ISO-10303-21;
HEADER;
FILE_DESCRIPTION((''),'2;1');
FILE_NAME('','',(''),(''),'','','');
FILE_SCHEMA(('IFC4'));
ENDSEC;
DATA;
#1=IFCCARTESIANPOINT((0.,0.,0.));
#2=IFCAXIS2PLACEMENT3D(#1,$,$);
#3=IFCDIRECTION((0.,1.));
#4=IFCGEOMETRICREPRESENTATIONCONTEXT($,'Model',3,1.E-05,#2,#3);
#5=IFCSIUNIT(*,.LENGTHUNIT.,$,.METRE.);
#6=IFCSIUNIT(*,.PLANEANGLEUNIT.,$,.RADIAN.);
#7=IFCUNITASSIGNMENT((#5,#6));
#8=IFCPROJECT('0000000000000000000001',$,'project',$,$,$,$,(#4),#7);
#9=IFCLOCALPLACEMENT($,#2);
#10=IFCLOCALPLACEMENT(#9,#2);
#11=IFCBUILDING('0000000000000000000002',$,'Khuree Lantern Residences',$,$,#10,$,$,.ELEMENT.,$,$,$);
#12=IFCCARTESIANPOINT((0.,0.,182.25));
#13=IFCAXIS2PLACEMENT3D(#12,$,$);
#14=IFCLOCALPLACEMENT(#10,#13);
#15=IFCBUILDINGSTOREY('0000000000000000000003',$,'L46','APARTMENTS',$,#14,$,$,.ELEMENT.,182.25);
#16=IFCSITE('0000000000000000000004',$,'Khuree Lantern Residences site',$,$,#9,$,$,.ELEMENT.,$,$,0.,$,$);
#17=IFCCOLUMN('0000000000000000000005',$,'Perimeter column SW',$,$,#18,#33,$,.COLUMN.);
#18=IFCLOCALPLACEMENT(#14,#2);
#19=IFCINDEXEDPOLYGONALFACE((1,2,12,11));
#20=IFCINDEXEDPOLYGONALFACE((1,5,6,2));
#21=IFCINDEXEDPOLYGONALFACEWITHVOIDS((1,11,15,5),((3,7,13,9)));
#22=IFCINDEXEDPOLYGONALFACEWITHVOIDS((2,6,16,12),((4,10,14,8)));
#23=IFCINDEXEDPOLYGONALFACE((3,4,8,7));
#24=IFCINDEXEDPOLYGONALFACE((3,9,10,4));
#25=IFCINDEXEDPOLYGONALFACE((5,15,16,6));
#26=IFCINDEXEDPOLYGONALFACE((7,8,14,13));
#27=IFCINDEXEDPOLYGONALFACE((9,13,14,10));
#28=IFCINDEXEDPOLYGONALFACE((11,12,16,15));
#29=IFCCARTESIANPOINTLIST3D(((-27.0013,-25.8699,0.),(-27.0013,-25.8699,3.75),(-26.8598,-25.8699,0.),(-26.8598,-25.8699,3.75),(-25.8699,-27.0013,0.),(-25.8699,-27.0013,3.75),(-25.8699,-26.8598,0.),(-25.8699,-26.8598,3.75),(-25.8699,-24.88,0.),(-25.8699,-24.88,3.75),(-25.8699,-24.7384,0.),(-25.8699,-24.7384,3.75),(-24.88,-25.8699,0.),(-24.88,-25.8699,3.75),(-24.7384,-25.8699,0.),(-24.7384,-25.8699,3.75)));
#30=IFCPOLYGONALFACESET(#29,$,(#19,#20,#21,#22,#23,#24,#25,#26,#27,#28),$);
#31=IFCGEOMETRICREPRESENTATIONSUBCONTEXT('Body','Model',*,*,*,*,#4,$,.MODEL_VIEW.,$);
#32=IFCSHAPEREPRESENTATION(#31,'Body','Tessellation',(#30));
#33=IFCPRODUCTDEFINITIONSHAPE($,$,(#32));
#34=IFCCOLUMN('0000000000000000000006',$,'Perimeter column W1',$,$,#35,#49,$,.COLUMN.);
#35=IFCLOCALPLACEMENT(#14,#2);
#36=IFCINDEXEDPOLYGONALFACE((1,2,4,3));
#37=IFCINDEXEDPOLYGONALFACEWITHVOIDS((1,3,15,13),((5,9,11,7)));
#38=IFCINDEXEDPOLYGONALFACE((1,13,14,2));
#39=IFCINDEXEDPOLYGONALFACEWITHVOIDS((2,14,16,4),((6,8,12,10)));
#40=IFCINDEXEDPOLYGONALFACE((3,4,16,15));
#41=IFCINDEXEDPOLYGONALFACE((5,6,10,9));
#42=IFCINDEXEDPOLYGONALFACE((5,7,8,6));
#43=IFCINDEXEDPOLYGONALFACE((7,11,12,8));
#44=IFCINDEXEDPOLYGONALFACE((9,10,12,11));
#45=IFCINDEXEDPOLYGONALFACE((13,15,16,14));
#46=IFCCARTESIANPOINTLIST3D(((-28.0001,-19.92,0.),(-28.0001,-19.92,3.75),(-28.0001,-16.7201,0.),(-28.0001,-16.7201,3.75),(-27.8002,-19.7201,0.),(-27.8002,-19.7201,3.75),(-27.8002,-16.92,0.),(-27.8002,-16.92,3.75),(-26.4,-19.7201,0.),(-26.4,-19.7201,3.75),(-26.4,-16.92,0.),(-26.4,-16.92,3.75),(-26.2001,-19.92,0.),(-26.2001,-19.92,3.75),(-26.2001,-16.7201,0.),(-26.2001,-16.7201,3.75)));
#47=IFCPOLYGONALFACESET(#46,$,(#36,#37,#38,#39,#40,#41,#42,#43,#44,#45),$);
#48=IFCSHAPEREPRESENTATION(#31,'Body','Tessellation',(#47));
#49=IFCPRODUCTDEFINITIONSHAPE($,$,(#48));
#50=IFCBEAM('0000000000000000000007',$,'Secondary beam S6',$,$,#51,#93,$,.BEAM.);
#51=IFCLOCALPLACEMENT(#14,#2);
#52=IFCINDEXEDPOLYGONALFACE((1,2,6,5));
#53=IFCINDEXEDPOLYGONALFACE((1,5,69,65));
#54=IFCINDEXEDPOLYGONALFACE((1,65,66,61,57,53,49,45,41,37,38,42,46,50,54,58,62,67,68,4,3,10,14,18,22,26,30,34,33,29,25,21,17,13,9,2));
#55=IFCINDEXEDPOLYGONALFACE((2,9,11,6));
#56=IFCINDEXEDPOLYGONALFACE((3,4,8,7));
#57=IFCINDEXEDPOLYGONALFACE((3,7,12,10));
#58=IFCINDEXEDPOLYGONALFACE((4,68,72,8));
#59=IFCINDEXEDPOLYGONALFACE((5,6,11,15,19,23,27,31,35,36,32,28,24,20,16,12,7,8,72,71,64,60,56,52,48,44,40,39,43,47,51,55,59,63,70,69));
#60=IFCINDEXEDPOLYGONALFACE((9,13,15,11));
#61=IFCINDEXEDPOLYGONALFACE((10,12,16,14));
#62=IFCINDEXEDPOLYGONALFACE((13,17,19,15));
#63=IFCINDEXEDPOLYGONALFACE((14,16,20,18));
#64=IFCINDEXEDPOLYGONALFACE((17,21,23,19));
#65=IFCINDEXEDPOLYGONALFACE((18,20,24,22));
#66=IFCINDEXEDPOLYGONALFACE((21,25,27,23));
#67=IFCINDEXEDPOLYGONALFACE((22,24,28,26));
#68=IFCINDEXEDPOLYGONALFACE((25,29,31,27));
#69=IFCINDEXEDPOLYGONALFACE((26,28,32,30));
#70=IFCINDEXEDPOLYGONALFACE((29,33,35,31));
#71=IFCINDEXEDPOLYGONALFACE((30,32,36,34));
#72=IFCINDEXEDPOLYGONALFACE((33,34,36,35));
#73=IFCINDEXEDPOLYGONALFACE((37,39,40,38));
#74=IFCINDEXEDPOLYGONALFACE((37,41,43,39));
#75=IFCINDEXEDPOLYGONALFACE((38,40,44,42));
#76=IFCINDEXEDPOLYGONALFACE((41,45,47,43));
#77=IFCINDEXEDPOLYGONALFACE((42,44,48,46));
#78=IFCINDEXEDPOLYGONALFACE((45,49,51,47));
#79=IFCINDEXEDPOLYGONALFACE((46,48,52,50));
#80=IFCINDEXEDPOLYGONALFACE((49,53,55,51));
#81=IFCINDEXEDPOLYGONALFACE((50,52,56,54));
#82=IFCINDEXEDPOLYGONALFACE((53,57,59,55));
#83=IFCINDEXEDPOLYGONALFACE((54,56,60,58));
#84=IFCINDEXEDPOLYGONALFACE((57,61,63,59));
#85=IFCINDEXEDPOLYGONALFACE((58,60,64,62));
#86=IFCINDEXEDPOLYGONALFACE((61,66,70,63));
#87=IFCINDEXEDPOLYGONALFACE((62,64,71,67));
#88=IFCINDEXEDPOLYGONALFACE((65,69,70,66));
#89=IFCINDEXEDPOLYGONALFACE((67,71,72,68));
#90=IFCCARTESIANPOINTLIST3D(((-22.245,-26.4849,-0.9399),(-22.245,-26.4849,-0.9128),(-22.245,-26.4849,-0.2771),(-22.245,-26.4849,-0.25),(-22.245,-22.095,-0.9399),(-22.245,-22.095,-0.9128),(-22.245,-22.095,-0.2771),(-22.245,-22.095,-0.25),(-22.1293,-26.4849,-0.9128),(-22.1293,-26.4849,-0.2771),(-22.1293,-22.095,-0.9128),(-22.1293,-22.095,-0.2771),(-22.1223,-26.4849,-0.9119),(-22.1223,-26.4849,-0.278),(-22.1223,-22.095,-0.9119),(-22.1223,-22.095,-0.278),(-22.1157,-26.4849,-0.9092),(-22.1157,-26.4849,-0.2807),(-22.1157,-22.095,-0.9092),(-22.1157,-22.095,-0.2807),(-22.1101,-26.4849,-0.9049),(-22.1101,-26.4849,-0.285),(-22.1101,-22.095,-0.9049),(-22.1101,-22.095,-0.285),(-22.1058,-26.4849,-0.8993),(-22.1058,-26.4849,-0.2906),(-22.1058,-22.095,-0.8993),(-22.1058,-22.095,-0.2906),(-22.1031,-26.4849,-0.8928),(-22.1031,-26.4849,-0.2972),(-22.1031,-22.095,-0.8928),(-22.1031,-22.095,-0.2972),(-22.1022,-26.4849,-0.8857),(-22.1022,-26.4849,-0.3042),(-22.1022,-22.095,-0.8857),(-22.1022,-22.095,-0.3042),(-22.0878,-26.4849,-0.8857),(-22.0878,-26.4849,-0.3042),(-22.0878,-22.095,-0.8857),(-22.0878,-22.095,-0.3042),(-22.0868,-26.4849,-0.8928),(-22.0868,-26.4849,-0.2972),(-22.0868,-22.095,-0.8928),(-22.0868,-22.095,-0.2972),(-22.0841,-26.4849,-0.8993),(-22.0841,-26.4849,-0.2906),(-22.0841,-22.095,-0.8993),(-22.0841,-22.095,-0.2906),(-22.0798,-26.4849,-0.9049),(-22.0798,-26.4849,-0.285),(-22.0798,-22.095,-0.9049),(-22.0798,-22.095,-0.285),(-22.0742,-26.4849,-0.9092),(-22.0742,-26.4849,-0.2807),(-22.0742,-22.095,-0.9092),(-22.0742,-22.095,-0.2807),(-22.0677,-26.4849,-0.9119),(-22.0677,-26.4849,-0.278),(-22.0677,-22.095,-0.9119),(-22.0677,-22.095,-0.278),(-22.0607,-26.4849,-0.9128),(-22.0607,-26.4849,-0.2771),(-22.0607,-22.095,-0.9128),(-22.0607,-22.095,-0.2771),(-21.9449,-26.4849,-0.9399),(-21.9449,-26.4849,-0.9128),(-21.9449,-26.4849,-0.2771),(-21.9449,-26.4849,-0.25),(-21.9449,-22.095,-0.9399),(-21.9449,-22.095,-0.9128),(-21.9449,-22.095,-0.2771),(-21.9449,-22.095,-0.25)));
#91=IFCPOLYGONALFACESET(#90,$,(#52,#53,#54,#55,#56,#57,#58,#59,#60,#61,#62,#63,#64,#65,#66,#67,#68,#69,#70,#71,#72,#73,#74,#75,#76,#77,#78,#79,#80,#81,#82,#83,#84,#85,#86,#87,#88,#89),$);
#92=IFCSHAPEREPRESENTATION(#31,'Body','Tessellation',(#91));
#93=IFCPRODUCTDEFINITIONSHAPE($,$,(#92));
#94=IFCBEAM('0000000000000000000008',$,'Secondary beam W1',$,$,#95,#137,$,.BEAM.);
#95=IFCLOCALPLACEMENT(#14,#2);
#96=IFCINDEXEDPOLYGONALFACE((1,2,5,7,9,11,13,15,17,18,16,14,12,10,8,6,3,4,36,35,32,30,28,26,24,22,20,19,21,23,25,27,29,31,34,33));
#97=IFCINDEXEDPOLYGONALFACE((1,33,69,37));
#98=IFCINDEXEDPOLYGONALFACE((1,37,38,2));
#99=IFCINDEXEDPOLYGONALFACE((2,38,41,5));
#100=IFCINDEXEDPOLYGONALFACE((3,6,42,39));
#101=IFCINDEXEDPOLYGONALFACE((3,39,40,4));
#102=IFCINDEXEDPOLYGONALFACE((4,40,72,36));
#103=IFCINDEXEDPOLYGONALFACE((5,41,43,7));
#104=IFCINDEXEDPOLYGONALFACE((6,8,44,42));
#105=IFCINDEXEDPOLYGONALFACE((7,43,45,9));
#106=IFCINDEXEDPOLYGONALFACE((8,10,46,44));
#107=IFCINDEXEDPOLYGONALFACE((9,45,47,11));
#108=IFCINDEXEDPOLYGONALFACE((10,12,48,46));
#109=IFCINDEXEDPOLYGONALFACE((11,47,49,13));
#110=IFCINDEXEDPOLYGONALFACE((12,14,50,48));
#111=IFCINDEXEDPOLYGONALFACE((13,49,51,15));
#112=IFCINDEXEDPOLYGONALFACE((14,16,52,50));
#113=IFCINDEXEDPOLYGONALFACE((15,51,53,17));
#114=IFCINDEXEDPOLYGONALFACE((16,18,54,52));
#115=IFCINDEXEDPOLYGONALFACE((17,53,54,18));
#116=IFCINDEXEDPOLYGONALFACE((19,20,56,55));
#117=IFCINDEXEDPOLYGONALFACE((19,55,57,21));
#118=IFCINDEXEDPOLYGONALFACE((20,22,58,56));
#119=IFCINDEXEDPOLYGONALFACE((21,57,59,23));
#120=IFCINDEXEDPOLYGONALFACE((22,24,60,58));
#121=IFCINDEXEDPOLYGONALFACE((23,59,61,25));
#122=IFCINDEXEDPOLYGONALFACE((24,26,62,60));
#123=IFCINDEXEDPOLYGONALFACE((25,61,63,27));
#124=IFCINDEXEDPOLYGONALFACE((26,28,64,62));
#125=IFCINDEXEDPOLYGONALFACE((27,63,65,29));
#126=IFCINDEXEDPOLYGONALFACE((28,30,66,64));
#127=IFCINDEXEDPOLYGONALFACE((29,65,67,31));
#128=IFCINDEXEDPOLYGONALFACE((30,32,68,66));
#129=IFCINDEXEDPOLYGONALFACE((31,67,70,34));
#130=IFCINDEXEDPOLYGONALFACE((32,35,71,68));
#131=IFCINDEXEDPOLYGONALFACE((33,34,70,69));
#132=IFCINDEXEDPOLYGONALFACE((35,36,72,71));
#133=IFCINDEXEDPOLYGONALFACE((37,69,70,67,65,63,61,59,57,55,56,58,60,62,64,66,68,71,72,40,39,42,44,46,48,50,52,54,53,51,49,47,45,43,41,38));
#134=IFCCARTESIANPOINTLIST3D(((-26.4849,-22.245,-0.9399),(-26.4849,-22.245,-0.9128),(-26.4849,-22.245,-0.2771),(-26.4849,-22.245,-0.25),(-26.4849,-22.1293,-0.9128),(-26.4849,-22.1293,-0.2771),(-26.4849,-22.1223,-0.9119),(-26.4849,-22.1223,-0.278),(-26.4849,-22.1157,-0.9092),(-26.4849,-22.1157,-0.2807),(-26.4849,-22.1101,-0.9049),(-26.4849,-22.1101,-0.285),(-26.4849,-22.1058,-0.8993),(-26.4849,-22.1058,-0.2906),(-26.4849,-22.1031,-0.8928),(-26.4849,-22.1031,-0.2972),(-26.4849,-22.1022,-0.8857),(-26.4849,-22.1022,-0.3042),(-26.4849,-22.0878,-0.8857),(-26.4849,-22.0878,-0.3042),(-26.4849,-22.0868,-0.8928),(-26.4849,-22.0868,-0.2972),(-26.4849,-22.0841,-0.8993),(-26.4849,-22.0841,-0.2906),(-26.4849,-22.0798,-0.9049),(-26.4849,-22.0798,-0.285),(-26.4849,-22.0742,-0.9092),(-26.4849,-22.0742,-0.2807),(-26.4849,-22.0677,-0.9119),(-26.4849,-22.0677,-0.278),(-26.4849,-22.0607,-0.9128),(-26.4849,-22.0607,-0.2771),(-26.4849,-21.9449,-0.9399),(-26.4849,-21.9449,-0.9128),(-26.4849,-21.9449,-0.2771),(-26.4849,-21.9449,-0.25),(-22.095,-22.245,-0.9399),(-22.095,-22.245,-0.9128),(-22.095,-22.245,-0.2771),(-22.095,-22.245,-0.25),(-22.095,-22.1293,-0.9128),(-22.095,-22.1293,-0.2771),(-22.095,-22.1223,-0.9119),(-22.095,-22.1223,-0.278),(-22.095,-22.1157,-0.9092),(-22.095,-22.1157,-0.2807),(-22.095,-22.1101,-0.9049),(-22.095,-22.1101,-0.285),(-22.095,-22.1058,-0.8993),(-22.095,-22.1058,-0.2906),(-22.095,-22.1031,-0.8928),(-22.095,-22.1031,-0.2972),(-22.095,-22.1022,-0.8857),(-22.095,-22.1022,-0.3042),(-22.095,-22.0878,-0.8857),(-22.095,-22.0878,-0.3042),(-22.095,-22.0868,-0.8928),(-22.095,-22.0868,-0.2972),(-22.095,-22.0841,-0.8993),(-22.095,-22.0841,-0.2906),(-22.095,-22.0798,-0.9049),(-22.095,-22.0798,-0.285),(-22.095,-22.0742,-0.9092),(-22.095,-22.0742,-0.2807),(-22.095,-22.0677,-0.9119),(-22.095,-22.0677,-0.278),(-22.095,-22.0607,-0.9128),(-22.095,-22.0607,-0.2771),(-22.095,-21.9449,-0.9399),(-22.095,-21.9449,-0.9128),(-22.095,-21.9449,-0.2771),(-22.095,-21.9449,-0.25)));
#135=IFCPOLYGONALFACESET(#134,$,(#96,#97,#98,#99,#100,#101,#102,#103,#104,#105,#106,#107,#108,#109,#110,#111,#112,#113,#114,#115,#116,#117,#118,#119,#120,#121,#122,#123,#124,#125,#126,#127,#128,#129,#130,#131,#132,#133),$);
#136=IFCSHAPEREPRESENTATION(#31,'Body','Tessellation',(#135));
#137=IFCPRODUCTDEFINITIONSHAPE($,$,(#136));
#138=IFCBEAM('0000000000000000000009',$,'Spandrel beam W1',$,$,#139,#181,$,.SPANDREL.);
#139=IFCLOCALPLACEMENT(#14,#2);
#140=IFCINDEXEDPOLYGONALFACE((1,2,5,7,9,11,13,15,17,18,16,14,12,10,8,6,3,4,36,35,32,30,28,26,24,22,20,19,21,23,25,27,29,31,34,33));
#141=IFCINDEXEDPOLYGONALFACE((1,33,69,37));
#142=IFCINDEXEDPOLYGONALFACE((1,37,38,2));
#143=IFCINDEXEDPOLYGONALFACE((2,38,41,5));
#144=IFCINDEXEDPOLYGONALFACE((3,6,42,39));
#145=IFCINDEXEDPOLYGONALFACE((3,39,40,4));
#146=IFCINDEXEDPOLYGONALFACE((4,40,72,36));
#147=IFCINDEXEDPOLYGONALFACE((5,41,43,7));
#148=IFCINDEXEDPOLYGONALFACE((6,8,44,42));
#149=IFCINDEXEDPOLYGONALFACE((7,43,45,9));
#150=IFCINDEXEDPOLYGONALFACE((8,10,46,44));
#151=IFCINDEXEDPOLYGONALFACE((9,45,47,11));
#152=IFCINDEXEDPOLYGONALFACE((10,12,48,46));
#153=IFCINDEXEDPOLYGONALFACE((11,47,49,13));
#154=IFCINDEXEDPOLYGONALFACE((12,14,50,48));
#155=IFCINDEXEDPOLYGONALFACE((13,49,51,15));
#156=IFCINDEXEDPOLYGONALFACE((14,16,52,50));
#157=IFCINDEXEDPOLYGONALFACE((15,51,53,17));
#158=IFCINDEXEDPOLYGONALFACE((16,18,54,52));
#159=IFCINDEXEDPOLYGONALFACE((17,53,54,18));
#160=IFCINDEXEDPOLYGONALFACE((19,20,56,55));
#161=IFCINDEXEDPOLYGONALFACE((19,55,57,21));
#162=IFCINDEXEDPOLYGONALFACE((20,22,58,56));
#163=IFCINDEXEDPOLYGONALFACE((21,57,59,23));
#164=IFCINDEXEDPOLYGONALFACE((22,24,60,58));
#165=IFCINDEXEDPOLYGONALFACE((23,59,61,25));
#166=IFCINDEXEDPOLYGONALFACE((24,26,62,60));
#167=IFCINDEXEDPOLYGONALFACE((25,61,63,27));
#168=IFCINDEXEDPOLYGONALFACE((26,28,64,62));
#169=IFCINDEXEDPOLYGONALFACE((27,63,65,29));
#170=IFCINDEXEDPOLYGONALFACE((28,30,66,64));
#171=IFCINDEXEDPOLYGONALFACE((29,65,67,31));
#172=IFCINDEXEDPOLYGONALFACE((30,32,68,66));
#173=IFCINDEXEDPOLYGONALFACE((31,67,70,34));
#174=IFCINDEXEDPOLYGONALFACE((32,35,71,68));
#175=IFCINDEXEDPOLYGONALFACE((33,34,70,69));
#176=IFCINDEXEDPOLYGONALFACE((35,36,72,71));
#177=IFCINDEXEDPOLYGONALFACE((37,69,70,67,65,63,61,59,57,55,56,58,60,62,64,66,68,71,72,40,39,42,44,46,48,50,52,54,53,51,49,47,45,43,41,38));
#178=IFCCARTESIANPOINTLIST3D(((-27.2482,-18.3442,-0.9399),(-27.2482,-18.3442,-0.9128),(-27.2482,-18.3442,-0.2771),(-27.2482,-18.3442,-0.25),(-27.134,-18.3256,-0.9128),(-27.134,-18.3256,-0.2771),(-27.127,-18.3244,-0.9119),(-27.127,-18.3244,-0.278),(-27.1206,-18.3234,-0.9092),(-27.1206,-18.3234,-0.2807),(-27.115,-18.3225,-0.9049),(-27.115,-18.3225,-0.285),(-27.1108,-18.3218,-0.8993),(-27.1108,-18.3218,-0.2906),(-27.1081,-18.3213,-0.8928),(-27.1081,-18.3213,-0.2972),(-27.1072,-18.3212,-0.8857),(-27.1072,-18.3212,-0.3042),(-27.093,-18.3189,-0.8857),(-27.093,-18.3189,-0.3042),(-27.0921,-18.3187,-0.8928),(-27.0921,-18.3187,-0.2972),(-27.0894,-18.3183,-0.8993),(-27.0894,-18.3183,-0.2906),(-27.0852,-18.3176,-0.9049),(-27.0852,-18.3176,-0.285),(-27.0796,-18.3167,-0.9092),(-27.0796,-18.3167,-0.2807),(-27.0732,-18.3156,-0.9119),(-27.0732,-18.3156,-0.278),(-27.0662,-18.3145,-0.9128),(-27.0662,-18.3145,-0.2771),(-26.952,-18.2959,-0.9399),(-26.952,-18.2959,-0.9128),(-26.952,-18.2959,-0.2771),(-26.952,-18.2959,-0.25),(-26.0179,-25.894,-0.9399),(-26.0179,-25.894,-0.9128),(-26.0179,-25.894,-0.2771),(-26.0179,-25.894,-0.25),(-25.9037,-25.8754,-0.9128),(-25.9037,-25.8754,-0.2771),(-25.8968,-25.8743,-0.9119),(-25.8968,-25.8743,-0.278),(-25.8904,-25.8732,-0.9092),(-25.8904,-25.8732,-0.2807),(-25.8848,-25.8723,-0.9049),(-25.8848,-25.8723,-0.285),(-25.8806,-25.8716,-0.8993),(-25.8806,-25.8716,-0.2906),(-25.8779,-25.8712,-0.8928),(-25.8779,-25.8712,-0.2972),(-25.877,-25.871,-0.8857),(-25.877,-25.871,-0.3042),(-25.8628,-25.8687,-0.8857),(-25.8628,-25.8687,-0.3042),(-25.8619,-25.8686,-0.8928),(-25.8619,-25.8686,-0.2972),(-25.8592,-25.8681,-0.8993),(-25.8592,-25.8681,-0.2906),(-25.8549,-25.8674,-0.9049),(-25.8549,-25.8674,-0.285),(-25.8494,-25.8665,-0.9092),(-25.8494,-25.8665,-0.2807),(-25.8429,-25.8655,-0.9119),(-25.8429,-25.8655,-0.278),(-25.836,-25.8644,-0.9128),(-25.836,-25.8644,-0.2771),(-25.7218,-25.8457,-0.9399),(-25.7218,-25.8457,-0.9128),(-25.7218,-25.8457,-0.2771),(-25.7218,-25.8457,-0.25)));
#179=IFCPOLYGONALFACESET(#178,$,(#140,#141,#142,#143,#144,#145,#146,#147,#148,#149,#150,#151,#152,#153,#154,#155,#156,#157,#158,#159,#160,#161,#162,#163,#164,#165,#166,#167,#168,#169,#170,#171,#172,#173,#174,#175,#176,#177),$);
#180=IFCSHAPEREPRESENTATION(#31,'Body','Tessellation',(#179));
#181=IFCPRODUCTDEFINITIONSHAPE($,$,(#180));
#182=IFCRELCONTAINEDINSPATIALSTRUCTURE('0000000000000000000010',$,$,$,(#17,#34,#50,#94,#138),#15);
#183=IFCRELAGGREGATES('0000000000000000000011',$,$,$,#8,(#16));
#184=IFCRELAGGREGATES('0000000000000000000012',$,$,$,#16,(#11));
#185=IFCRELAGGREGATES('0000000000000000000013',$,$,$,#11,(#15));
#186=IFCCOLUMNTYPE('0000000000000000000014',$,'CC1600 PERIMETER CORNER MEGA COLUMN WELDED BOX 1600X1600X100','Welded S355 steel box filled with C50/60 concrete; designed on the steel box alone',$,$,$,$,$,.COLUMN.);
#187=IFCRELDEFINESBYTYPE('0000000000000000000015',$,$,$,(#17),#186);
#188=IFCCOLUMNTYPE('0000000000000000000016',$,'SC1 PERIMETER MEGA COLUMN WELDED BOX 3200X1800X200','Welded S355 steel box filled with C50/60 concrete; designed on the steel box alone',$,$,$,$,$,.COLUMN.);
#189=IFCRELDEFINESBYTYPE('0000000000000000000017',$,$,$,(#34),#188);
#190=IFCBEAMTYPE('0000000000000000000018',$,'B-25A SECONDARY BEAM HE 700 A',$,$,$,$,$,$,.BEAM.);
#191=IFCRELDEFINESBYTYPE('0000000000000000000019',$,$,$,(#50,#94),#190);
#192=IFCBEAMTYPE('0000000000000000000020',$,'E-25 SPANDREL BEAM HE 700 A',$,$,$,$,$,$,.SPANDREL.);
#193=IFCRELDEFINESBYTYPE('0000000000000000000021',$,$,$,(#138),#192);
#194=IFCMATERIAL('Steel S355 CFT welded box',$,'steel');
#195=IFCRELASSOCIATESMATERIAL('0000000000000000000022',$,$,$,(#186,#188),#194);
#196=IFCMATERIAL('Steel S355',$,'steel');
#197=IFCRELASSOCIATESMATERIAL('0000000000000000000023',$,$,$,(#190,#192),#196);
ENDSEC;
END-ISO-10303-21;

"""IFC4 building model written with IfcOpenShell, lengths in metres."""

from ifc_helpers import new_model, si_unit, direction, frame, origin, origin_2d, place, context, subcontext, project, spatial, hollow_rectangle, i_section, extrude, material, material_profile, profile_set, type_object, element, save


model = new_model("IFC4")

# Units and contexts
model_context = context("Model", 3, precision=1e-05, world=origin(), true_north=direction((0.0, 1.0)))
body_context = subcontext(model_context, "Body", "Model", "MODEL_VIEW")
ifc_project = project(units=[si_unit("LENGTHUNIT", "METRE"), si_unit("PLANEANGLEUNIT", "RADIAN")], contexts=[model_context])

# Site, building, storey
site_placement = place(None, origin())
site = spatial("IfcSite", under=ifc_project, at=site_placement, Name="Khuree Lantern Residences site", CompositionType="ELEMENT", RefElevation=0.0)
building_placement = place(site_placement, origin())
building = spatial("IfcBuilding", under=site, at=building_placement, Name="Khuree Lantern Residences", CompositionType="ELEMENT")
storey_placement = place(building_placement, frame((0.0, 0.0, 182.25)))
storey = spatial("IfcBuildingStorey", under=building, at=storey_placement, Name="L46", Description="APARTMENTS", CompositionType="ELEMENT", Elevation=182.25)

# Columns
ifc_material_1 = material(Name="Steel S355 CFT welded box", Category="steel")
ifc_material_profile_1 = material_profile(ifc_material_1, hollow_rectangle(XDim=1.6001, YDim=1.6001, WallThickness=0.1001, at=origin_2d()), Name="WELDED BOX 1600X1600X100")
ifc_profile_set_1 = profile_set([ifc_material_profile_1], Name="Steel S355 CFT welded box")
column_type_1 = type_object("IfcColumnType", Name="CC1600 PERIMETER CORNER MEGA COLUMN WELDED BOX 1600X1600X100", Description="Welded S355 steel box filled with C50/60 concrete; designed on the steel box alone", PredefinedType="COLUMN", material=ifc_profile_set_1)
column_1_placement = place(storey_placement, frame((-25.8699, -25.8699, 0.0), z_axis=(0.0, 0.0, 1.0), x_axis=(0.707107, -0.707107, 0.0)))
element("IfcColumn", 1, at=column_1_placement, inside=storey, type_object=column_type_1, Name="Perimeter column SW", PredefinedType="COLUMN", context=body_context, shape_type="SweptSolid", body=[
    extrude(hollow_rectangle(XDim=1.6001, YDim=1.6001, WallThickness=0.1001, at=origin_2d()), origin(), (0.0, 0.0, 1.0), 3.75),
])
ifc_material_profile_2 = material_profile(ifc_material_1, hollow_rectangle(XDim=3.2, YDim=1.8, WallThickness=0.2, at=origin_2d()), Name="WELDED BOX 3200X1800X200")
ifc_profile_set_2 = profile_set([ifc_material_profile_2], Name="Steel S355 CFT welded box")
column_type_2 = type_object("IfcColumnType", Name="SC1 PERIMETER MEGA COLUMN WELDED BOX 3200X1800X200", Description="Welded S355 steel box filled with C50/60 concrete; designed on the steel box alone", PredefinedType="COLUMN", material=ifc_profile_set_2)
column_2_placement = place(storey_placement, frame((-27.1001, -18.3201, 0.0), z_axis=(0.0, 0.0, 1.0), x_axis=(0.0, 1.0, 0.0)))
element("IfcColumn", 2, at=column_2_placement, inside=storey, type_object=column_type_2, Name="Perimeter column W1", PredefinedType="COLUMN", context=body_context, shape_type="SweptSolid", body=[
    extrude(hollow_rectangle(XDim=3.2, YDim=1.8, WallThickness=0.2, at=origin_2d()), origin(), (0.0, 0.0, 1.0), 3.75),
])

# Beams
ifc_material_2 = material(Name="Steel S355", Category="steel")
ifc_material_profile_3 = material_profile(ifc_material_2, i_section(OverallWidth=0.3, OverallDepth=0.6899, WebThickness=0.0144, FlangeThickness=0.0271, FilletRadius=0.0271, at=origin_2d()), Name="HE 700 A")
ifc_profile_set_3 = profile_set([ifc_material_profile_3], Name="Steel S355")
beam_type_1 = type_object("IfcBeamType", Name="B-25A SECONDARY BEAM HE 700 A", PredefinedType="BEAM", material=ifc_profile_set_3)
for number, where, z_axis, x_axis, name in (
    (3, (-22.095, -26.4849, -0.595), (0.0, 1.0, 0.0), (-1.0, 0.0, 0.0), "Secondary beam S6"),
    (4, (-26.4849, -22.095, -0.595), (1.0, 0.0, 0.0), (0.0, 1.0, 0.0), "Secondary beam W1"),
):
    element("IfcBeam", number, at=place(storey_placement, frame(where, z_axis=z_axis, x_axis=x_axis)), inside=storey, type_object=beam_type_1, Name=name, PredefinedType="BEAM", context=body_context, shape_type="SweptSolid", body=[
        extrude(i_section(OverallWidth=0.3, OverallDepth=0.6899, WebThickness=0.0144, FlangeThickness=0.0271, FilletRadius=0.0271, at=origin_2d()), origin(), (0.0, 0.0, 1.0), 4.3899),
    ])
ifc_material_profile_4 = material_profile(ifc_material_2, i_section(OverallWidth=0.3, OverallDepth=0.6899, WebThickness=0.0144, FlangeThickness=0.0271, FilletRadius=0.0271, at=origin_2d()), Name="HE 700 A")
ifc_profile_set_4 = profile_set([ifc_material_profile_4], Name="Steel S355")
beam_type_2 = type_object("IfcBeamType", Name="E-25 SPANDREL BEAM HE 700 A", PredefinedType="SPANDREL", material=ifc_profile_set_4)
beam_1_placement = place(storey_placement, frame((-25.8699, -25.8699, -0.595), z_axis=(-0.160827, 0.986983, 0.0), x_axis=(-0.986983, -0.160827, 0.0)))
element("IfcBeam", 5, at=beam_1_placement, inside=storey, type_object=beam_type_2, Name="Spandrel beam W1", PredefinedType="SPANDREL", context=body_context, shape_type="SweptSolid", body=[
    extrude(i_section(OverallWidth=0.3, OverallDepth=0.6899, WebThickness=0.0144, FlangeThickness=0.0271, FilletRadius=0.0271, at=origin_2d()), origin(), (0.0, 0.0, 1.0), 7.6494),
])

save(model, "model.ifc")
